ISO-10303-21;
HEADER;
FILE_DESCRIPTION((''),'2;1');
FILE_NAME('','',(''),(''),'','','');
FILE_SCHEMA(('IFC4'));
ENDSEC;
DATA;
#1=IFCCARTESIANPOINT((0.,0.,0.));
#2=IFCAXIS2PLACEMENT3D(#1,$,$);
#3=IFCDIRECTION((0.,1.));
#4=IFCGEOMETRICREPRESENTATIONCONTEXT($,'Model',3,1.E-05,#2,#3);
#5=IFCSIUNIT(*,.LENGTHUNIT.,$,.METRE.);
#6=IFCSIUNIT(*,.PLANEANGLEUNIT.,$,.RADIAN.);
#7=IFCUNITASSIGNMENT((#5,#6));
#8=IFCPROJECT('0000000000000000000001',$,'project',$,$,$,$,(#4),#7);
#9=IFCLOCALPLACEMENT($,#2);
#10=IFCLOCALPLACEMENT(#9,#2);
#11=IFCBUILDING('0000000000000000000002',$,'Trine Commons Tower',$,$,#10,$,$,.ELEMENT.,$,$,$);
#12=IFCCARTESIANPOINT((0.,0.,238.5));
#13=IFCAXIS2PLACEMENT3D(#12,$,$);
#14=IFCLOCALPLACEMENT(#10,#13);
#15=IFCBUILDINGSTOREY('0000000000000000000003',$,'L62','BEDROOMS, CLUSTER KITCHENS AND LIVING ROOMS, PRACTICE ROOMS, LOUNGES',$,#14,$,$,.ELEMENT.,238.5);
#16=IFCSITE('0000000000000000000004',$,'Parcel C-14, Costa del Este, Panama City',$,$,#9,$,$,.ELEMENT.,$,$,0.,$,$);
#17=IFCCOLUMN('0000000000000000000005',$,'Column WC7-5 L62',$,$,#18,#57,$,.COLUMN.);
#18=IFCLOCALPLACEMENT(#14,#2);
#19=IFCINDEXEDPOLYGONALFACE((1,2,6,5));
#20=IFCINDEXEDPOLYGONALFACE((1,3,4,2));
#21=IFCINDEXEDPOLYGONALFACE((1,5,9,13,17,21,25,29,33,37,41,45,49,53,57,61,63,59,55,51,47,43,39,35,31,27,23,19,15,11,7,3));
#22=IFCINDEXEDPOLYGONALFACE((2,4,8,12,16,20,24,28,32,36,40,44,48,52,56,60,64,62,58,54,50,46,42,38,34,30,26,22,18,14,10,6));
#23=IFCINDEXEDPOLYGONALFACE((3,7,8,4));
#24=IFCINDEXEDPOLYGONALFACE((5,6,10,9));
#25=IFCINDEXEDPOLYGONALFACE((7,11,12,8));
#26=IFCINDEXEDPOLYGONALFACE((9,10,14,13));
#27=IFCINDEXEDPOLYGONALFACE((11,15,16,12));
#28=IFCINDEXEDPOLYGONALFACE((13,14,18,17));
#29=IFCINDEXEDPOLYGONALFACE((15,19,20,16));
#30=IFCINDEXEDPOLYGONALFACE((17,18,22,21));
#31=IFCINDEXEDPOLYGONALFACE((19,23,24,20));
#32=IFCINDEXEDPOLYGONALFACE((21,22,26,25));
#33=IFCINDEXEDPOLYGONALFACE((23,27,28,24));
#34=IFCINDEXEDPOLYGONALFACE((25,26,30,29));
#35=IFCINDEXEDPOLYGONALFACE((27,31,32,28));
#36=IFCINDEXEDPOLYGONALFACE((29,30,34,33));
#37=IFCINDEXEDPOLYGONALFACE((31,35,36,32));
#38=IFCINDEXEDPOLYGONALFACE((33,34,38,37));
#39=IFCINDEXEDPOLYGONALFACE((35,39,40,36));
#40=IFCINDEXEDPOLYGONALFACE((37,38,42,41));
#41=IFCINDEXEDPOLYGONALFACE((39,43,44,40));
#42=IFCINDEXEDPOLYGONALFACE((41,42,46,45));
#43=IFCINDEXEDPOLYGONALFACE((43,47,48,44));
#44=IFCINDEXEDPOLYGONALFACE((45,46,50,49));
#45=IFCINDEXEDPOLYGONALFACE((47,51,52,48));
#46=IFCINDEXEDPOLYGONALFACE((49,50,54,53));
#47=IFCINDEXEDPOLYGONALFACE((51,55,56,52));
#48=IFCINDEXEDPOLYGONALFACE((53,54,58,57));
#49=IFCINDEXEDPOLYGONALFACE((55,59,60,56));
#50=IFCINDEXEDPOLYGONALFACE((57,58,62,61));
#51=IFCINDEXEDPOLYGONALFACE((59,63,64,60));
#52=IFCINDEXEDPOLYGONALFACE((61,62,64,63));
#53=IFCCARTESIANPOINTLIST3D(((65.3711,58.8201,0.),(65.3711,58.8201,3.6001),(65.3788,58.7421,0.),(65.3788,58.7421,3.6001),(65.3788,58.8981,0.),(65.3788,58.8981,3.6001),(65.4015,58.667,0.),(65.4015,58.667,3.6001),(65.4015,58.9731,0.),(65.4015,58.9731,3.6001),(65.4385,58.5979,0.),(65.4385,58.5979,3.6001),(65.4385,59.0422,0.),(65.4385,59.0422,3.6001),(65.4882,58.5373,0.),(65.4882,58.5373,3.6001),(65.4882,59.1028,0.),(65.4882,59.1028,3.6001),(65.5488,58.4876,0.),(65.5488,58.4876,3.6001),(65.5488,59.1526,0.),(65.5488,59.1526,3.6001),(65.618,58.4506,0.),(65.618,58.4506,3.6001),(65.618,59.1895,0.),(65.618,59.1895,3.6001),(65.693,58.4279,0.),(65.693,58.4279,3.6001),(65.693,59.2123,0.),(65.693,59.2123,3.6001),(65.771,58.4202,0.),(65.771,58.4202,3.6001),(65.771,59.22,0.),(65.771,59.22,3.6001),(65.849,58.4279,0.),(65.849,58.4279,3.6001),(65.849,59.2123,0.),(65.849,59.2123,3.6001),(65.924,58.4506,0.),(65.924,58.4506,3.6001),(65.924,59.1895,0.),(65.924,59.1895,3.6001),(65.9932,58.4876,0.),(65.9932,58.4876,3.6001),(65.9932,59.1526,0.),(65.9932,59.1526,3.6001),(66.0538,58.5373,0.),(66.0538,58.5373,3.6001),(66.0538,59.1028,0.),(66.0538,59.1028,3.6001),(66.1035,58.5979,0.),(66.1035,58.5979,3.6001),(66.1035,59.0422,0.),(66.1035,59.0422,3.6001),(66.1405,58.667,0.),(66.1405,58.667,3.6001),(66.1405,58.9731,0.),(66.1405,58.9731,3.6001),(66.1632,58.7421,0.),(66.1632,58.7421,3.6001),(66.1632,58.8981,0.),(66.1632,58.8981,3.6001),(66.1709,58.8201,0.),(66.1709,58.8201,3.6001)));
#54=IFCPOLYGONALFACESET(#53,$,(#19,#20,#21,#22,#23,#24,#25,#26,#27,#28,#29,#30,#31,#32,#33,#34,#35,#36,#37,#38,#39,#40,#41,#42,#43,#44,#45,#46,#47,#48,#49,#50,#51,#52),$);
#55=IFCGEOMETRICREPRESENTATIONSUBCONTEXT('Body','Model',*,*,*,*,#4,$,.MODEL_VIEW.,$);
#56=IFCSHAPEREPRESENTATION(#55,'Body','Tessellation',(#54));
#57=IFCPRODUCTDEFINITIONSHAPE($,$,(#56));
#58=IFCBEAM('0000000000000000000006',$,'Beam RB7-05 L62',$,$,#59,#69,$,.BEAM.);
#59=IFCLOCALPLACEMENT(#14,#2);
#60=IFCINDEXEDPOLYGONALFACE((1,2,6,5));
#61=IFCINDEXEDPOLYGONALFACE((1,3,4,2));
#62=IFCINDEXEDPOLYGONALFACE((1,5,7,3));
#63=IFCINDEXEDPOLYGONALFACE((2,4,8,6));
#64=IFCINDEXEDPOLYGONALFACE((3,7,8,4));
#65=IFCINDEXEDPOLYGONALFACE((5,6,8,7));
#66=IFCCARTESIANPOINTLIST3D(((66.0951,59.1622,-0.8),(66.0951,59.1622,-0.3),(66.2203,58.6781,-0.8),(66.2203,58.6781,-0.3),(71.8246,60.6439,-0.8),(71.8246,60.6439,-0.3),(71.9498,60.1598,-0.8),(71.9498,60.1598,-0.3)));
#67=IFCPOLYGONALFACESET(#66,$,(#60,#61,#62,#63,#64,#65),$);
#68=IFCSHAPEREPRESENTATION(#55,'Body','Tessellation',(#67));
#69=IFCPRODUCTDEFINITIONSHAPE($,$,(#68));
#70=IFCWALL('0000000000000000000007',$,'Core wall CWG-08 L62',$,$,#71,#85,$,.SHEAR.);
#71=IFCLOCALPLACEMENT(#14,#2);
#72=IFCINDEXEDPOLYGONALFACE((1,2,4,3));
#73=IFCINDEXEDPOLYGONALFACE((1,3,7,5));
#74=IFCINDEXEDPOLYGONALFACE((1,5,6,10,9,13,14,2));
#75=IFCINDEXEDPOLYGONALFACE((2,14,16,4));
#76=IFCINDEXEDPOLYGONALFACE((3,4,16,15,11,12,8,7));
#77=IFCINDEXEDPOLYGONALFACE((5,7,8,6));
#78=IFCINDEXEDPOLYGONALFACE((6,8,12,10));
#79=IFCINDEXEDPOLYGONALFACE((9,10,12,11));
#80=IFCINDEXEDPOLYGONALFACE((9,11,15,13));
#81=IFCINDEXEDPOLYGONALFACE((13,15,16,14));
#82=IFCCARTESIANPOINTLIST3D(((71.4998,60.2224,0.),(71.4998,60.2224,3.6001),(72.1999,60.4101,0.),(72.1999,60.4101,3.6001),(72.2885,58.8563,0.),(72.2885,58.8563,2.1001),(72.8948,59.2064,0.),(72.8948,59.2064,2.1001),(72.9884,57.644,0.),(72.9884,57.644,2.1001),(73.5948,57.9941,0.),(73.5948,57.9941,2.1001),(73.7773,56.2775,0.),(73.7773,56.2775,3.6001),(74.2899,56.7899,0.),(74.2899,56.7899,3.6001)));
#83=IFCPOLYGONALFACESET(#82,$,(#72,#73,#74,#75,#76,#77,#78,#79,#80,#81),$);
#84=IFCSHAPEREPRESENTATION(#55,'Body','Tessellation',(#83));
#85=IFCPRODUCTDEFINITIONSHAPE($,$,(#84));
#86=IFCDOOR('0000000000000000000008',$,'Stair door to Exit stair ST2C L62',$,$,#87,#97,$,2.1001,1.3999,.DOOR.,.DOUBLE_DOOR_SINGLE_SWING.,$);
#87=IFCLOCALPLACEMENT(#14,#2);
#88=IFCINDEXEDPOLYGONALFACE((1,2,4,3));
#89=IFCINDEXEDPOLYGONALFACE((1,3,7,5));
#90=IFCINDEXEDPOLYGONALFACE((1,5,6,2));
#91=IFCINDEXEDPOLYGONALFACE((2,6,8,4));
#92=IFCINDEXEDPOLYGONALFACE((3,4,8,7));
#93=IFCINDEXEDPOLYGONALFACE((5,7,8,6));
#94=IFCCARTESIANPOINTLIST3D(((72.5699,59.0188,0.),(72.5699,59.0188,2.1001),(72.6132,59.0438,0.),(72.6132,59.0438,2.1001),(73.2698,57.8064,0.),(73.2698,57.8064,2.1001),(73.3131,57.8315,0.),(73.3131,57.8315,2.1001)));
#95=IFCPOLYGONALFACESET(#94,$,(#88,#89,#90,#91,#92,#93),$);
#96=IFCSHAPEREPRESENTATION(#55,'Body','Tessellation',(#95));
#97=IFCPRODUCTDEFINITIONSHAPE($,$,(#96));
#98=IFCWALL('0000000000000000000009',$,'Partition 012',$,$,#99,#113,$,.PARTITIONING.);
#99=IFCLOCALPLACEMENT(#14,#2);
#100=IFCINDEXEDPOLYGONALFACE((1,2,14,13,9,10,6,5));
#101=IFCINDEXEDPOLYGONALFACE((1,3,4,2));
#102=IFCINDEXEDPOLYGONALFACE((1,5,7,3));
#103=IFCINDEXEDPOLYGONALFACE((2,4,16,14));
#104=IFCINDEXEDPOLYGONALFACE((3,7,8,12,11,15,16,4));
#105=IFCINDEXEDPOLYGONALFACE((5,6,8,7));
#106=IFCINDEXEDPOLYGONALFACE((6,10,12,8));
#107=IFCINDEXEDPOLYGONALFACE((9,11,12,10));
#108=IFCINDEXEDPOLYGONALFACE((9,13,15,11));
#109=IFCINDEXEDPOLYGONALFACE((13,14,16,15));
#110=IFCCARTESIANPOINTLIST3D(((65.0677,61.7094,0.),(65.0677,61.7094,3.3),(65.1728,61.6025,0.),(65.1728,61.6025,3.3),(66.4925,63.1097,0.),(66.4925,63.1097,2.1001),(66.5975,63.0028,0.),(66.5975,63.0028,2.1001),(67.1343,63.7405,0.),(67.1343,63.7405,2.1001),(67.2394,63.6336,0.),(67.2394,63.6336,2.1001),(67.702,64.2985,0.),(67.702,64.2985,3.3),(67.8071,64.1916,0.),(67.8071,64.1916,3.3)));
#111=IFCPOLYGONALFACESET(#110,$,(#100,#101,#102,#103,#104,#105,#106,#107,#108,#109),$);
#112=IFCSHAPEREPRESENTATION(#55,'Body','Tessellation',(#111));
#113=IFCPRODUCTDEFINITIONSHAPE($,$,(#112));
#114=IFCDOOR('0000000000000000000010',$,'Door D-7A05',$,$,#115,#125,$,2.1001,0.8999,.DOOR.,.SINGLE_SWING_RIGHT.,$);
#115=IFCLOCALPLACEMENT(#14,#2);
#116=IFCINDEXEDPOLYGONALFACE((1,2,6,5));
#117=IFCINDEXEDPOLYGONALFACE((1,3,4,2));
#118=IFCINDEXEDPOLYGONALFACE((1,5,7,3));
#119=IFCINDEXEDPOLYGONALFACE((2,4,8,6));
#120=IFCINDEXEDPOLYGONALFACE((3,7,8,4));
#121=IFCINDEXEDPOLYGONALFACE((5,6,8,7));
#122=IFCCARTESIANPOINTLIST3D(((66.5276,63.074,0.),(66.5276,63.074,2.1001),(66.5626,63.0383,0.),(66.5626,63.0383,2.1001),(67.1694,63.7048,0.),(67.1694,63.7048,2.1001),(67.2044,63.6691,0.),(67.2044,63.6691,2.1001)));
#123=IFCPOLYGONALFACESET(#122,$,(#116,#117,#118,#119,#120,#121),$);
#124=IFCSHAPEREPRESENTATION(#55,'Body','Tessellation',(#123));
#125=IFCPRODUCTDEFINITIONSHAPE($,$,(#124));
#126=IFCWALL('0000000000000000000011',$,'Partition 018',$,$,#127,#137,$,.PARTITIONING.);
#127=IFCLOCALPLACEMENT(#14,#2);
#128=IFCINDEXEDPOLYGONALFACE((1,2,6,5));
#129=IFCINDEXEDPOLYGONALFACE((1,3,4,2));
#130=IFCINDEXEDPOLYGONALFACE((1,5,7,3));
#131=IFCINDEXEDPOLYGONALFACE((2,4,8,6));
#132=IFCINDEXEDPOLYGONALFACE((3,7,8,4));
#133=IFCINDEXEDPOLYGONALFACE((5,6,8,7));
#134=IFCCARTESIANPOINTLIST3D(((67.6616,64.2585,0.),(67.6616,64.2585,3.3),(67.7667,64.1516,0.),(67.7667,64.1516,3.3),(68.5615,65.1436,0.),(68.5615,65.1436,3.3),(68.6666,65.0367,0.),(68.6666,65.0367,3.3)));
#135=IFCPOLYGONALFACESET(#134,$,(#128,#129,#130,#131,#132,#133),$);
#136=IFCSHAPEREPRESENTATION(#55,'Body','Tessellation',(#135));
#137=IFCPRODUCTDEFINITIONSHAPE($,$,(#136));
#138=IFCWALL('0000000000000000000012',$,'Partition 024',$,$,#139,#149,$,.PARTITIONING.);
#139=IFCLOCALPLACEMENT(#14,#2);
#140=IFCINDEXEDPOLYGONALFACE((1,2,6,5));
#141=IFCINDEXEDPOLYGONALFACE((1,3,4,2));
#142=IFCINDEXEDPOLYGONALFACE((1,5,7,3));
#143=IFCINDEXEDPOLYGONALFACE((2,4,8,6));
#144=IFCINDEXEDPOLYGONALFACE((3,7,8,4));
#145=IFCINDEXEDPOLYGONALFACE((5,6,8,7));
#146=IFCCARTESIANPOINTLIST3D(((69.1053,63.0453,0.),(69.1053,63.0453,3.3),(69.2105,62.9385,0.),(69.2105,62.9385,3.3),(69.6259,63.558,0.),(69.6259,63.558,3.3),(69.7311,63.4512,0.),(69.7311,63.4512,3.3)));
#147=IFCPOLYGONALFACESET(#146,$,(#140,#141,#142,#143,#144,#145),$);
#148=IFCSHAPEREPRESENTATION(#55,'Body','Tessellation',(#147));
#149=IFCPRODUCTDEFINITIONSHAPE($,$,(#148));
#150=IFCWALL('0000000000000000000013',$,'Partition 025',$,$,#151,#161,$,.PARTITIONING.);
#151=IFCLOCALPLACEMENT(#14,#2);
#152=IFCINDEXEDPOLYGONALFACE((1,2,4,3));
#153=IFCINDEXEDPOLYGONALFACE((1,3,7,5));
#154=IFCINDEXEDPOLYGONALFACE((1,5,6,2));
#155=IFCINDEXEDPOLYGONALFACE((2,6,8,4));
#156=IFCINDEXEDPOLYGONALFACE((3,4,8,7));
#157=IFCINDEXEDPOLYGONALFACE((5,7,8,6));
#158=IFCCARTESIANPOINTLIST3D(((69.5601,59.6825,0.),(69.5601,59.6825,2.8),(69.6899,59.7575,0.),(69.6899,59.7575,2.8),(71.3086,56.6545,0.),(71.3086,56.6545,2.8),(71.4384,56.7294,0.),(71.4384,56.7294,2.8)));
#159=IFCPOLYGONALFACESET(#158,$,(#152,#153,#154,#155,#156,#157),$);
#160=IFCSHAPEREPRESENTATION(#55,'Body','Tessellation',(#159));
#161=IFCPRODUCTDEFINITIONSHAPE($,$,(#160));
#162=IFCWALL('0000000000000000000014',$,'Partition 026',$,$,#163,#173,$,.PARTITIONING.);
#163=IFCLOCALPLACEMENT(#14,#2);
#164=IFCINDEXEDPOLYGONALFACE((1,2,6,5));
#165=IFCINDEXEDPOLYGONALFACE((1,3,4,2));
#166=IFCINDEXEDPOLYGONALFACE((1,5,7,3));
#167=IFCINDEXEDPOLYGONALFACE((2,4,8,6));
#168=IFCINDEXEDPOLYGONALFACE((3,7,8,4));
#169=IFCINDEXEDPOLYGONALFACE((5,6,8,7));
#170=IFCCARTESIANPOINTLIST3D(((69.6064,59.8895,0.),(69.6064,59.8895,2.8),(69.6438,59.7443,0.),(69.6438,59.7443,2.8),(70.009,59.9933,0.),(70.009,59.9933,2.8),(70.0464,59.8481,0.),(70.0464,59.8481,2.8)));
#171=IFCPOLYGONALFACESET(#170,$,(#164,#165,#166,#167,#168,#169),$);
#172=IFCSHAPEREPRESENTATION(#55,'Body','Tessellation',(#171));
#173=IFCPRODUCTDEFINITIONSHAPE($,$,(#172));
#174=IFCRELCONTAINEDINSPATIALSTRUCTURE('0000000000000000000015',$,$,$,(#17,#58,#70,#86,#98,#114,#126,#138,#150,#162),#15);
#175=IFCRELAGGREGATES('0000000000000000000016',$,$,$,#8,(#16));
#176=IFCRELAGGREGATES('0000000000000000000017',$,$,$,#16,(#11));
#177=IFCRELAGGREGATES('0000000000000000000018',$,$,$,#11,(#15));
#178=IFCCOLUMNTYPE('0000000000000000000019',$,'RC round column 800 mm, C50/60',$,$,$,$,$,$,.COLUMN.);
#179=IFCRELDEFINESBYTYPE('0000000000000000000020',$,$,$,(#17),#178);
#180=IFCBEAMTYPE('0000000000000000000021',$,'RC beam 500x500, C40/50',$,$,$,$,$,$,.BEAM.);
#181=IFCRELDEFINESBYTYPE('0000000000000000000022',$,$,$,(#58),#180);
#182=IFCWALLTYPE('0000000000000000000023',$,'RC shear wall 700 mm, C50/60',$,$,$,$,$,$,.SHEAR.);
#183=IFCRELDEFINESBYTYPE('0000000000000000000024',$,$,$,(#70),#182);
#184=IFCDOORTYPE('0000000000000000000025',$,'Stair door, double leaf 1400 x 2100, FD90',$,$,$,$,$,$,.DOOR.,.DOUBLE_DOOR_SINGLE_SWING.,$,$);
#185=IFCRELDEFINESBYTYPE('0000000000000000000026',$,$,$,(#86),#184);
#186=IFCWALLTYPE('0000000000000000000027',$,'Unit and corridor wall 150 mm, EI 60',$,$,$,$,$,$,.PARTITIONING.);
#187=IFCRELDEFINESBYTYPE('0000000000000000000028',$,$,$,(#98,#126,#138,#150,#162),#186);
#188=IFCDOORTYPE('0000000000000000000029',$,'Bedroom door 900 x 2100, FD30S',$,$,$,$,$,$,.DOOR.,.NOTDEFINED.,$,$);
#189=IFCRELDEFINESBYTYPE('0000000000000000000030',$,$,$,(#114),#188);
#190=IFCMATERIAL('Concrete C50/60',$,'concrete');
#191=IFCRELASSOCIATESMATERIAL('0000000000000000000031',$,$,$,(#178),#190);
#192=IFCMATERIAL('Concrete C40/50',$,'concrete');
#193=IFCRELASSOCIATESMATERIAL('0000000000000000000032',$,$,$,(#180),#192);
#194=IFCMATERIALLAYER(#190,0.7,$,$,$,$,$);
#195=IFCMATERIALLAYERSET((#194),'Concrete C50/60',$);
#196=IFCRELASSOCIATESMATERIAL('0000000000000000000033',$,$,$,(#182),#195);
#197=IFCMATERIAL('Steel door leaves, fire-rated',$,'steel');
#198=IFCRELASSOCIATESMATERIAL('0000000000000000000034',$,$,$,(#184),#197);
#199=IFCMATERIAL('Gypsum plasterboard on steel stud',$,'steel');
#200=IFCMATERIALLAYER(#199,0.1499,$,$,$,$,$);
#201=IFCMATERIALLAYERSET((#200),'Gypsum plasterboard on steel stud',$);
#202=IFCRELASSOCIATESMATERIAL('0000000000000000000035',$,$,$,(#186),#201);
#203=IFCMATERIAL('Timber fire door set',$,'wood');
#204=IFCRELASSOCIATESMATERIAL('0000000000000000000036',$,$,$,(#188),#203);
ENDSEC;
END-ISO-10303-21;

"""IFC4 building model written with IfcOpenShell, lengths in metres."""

from ifc_helpers import new_model, si_unit, direction, frame, frame_2d, origin, origin_2d, place, context, subcontext, project, spatial, polyline, rectangle, circle, outline, extrude, material, layer, layer_set, material_profile, profile_set, type_object, element, fill, save


model = new_model("IFC4")

# Units and contexts
model_context = context("Model", 3, precision=1e-05, world=origin(), true_north=direction((0.0, 1.0)))
body_context = subcontext(model_context, "Body", "Model", "MODEL_VIEW")
ifc_project = project(units=[si_unit("LENGTHUNIT", "METRE"), si_unit("PLANEANGLEUNIT", "RADIAN")], contexts=[model_context])

# Site, building, storey
site_placement = place(None, origin())
site = spatial("IfcSite", under=ifc_project, at=site_placement, Name="Parcel C-14, Costa del Este, Panama City", CompositionType="ELEMENT", RefElevation=0.0)
building_placement = place(site_placement, origin())
building = spatial("IfcBuilding", under=site, at=building_placement, Name="Trine Commons Tower", CompositionType="ELEMENT")
storey_placement = place(building_placement, frame((0.0, 0.0, 238.5)))
storey = spatial("IfcBuildingStorey", under=building, at=storey_placement, Name="L62", Description="BEDROOMS, CLUSTER KITCHENS AND LIVING ROOMS, PRACTICE ROOMS, LOUNGES", CompositionType="ELEMENT", Elevation=238.5)

# Column
ifc_material_1 = material(Name="Concrete C50/60", Category="concrete")
ifc_material_profile_1 = material_profile(ifc_material_1, circle(Radius=0.3999, at=origin_2d()), Name="RC round 800")
ifc_profile_set_1 = profile_set([ifc_material_profile_1], Name="Concrete C50/60")
column_type = type_object("IfcColumnType", Name="RC round column 800 mm, C50/60", PredefinedType="COLUMN", material=ifc_profile_set_1)
column_placement = place(storey_placement, frame((65.771, 58.8201, 0.0), z_axis=(0.0, 0.0, 1.0), x_axis=(1.0, 0.0, 0.0)))
element("IfcColumn", 1, at=column_placement, inside=storey, type_object=column_type, Name="Column WC7-5 L62", PredefinedType="COLUMN", context=body_context, shape_type="SweptSolid", body=[
    extrude(circle(Radius=0.3999, at=origin_2d()), origin(), (0.0, 0.0, 1.0), 3.6001),
])

# Beam
ifc_material_2 = material(Name="Concrete C40/50", Category="concrete")
ifc_material_profile_2 = material_profile(ifc_material_2, rectangle(XDim=0.5, YDim=0.5, at=origin_2d()), Name="RC 500x500")
ifc_profile_set_2 = profile_set([ifc_material_profile_2], Name="Concrete C40/50")
beam_type = type_object("IfcBeamType", Name="RC beam 500x500, C40/50", PredefinedType="BEAM", material=ifc_profile_set_2)
beam_placement = place(storey_placement, frame((71.8872, 60.4019, -0.55), z_axis=(-0.96815, -0.250371, 0.0), x_axis=(0.250371, -0.96815, 0.0)))
element("IfcBeam", 2, at=beam_placement, inside=storey, type_object=beam_type, Name="Beam RB7-05 L62", PredefinedType="BEAM", context=body_context, shape_type="SweptSolid", body=[
    extrude(rectangle(XDim=0.5, YDim=0.5, at=origin_2d()), origin(), (0.0, 0.0, 1.0), 5.918),
])

# Walls, openings, doors
ifc_layer_1 = layer(ifc_material_1, 0.7)
ifc_layer_set_1 = layer_set([ifc_layer_1], Name="Concrete C50/60")
wall_type_1 = type_object("IfcWallType", Name="RC shear wall 700 mm, C50/60", PredefinedType="SHEAR", material=ifc_layer_set_1)
wall_1_placement = place(storey_placement, frame((71.803, 60.3975, 0.0), z_axis=(0.0, 0.0, 1.0), x_axis=(0.499984, -0.866035, 0.0)))
wall_1 = element("IfcWall", 3, at=wall_1_placement, inside=storey, type_object=wall_type_1, Name="Core wall CWG-08 L62", PredefinedType="SHEAR", context=body_context, shape_type="SweptSolid", body=[
    extrude(outline(polyline([(0.0, -0.3501), (4.5552, -0.3501), (4.3677, 0.3501), (0.1875, 0.3501), (0.0, -0.3501)])), origin(), (0.0, 0.0, 1.0), 3.6001),
])
opening_1_placement = place(wall_1_placement, frame((1.5774, 0.0, 0.0)))
opening_1 = element("IfcOpeningElement", 4, at=opening_1_placement, cuts=wall_1, PredefinedType="OPENING", context=body_context, shape_type="SweptSolid", body=[
    extrude(rectangle(XDim=1.3999, YDim=2.1001, at=frame_2d((0.7, 1.05))), frame((0.0, 0.3599, 0.0), z_axis=(0.0, -1.0, 0.0), x_axis=(1.0, 0.0, 0.0)), (0.0, 0.0, 1.0), 0.72),
])
ifc_material_3 = material(Name="Steel door leaves, fire-rated", Category="steel")
door_type_1 = type_object("IfcDoorType", Name="Stair door, double leaf 1400 x 2100, FD90", OperationType="DOUBLE_DOOR_SINGLE_SWING", PredefinedType="DOOR", material=ifc_material_3)
door_1_placement = place(opening_1_placement, origin())
door_1 = element("IfcDoor", 5, at=door_1_placement, inside=storey, type_object=door_type_1, Name="Stair door to Exit stair ST2C L62", OperationType="DOUBLE_DOOR_SINGLE_SWING", OverallHeight=2.1001, OverallWidth=1.3999, PredefinedType="DOOR", context=body_context, shape_type="SweptSolid", body=[
    extrude(rectangle(XDim=1.3999, YDim=2.1001, at=frame_2d((0.7, 1.05))), frame((0.0, 0.0249, 0.0), z_axis=(0.0, -1.0, 0.0), x_axis=(1.0, 0.0, 0.0)), (0.0, 0.0, 1.0), 0.05),
])
fill(opening_1, door_1)
ifc_material_4 = material(Name="Gypsum plasterboard on steel stud", Category="steel")
ifc_layer_2 = layer(ifc_material_4, 0.1499)
ifc_layer_set_2 = layer_set([ifc_layer_2], Name="Gypsum plasterboard on steel stud")
wall_type_2 = type_object("IfcWallType", Name="Unit and corridor wall 150 mm, EI 60", PredefinedType="PARTITIONING", material=ifc_layer_set_2)
wall_2_placement = place(storey_placement, frame((65.1204, 61.656, 0.0), z_axis=(0.0, 0.0, 1.0), x_axis=(0.713194, 0.700966, 0.0)))
wall_2 = element("IfcWall", 6, at=wall_2_placement, inside=storey, type_object=wall_type_2, Name="Partition 012", PredefinedType="PARTITIONING", context=body_context, shape_type="SweptSolid", body=[
    extrude(rectangle(XDim=3.6936, YDim=0.1499, at=frame_2d((1.8467, 0.0))), origin(), (0.0, 0.0, 1.0), 3.3),
])
opening_2_placement = place(wall_2_placement, frame((1.9976, 0.0, 0.0)))
opening_2 = element("IfcOpeningElement", 7, at=opening_2_placement, cuts=wall_2, PredefinedType="OPENING", context=body_context, shape_type="SweptSolid", body=[
    extrude(rectangle(XDim=0.8999, YDim=2.1001, at=frame_2d((0.45, 1.05))), frame((0.0, 0.085, 0.0), z_axis=(0.0, -1.0, 0.0), x_axis=(1.0, 0.0, 0.0)), (0.0, 0.0, 1.0), 0.1699),
])
ifc_material_5 = material(Name="Timber fire door set", Category="wood")
door_type_2 = type_object("IfcDoorType", Name="Bedroom door 900 x 2100, FD30S", OperationType="NOTDEFINED", PredefinedType="DOOR", material=ifc_material_5)
door_2_placement = place(opening_2_placement, origin())
door_2 = element("IfcDoor", 8, at=door_2_placement, inside=storey, type_object=door_type_2, Name="Door D-7A05", OperationType="SINGLE_SWING_RIGHT", OverallHeight=2.1001, OverallWidth=0.8999, PredefinedType="DOOR", context=body_context, shape_type="SweptSolid", body=[
    extrude(rectangle(XDim=0.8999, YDim=2.1001, at=frame_2d((0.45, 1.05))), frame((0.0, 0.0249, 0.0), z_axis=(0.0, -1.0, 0.0), x_axis=(1.0, 0.0, 0.0)), (0.0, 0.0, 1.0), 0.05),
])
fill(opening_2, door_2)

# Walls
wall_3_placement = place(storey_placement, frame((67.7141, 64.2051, 0.0), z_axis=(0.0, 0.0, 1.0), x_axis=(0.712982, 0.701183, 0.0)))
element("IfcWall", 9, at=wall_3_placement, inside=storey, type_object=wall_type_2, Name="Partition 018", PredefinedType="PARTITIONING", context=body_context, shape_type="SweptSolid", body=[
    extrude(rectangle(XDim=1.2622, YDim=0.1499, at=frame_2d((0.6311, 0.0))), origin(), (0.0, 0.0, 1.0), 3.3),
])
wall_4_placement = place(storey_placement, frame((69.158, 62.9919, 0.0), z_axis=(0.0, 0.0, 1.0), x_axis=(0.712433, 0.70174, 0.0)))
element("IfcWall", 10, at=wall_4_placement, inside=storey, type_object=wall_type_2, Name="Partition 024", PredefinedType="PARTITIONING", context=body_context, shape_type="SweptSolid", body=[
    extrude(rectangle(XDim=0.7307, YDim=0.1499, at=frame_2d((0.3652, 0.0))), origin(), (0.0, 0.0, 1.0), 3.3),
])
wall_5_placement = place(storey_placement, frame((69.625, 59.72, 0.0), z_axis=(0.0, 0.0, 1.0), x_axis=(0.500059, -0.865991, 0.0)))
element("IfcWall", 11, at=wall_5_placement, inside=storey, type_object=wall_type_2, Name="Partition 025", PredefinedType="PARTITIONING", context=body_context, shape_type="SweptSolid", body=[
    extrude(rectangle(XDim=3.4966, YDim=0.1499, at=frame_2d((1.7483, 0.0))), origin(), (0.0, 0.0, 1.0), 2.8),
])
wall_6_placement = place(storey_placement, frame((69.625, 59.8169, 0.0), z_axis=(0.0, 0.0, 1.0), x_axis=(0.968355, 0.249576, 0.0)))
element("IfcWall", 12, at=wall_6_placement, inside=storey, type_object=wall_type_2, Name="Partition 026", PredefinedType="PARTITIONING", context=body_context, shape_type="SweptSolid", body=[
    extrude(rectangle(XDim=0.4158, YDim=0.1499, at=frame_2d((0.208, 0.0))), origin(), (0.0, 0.0, 1.0), 2.8),
])

save(model, "model.ifc")
